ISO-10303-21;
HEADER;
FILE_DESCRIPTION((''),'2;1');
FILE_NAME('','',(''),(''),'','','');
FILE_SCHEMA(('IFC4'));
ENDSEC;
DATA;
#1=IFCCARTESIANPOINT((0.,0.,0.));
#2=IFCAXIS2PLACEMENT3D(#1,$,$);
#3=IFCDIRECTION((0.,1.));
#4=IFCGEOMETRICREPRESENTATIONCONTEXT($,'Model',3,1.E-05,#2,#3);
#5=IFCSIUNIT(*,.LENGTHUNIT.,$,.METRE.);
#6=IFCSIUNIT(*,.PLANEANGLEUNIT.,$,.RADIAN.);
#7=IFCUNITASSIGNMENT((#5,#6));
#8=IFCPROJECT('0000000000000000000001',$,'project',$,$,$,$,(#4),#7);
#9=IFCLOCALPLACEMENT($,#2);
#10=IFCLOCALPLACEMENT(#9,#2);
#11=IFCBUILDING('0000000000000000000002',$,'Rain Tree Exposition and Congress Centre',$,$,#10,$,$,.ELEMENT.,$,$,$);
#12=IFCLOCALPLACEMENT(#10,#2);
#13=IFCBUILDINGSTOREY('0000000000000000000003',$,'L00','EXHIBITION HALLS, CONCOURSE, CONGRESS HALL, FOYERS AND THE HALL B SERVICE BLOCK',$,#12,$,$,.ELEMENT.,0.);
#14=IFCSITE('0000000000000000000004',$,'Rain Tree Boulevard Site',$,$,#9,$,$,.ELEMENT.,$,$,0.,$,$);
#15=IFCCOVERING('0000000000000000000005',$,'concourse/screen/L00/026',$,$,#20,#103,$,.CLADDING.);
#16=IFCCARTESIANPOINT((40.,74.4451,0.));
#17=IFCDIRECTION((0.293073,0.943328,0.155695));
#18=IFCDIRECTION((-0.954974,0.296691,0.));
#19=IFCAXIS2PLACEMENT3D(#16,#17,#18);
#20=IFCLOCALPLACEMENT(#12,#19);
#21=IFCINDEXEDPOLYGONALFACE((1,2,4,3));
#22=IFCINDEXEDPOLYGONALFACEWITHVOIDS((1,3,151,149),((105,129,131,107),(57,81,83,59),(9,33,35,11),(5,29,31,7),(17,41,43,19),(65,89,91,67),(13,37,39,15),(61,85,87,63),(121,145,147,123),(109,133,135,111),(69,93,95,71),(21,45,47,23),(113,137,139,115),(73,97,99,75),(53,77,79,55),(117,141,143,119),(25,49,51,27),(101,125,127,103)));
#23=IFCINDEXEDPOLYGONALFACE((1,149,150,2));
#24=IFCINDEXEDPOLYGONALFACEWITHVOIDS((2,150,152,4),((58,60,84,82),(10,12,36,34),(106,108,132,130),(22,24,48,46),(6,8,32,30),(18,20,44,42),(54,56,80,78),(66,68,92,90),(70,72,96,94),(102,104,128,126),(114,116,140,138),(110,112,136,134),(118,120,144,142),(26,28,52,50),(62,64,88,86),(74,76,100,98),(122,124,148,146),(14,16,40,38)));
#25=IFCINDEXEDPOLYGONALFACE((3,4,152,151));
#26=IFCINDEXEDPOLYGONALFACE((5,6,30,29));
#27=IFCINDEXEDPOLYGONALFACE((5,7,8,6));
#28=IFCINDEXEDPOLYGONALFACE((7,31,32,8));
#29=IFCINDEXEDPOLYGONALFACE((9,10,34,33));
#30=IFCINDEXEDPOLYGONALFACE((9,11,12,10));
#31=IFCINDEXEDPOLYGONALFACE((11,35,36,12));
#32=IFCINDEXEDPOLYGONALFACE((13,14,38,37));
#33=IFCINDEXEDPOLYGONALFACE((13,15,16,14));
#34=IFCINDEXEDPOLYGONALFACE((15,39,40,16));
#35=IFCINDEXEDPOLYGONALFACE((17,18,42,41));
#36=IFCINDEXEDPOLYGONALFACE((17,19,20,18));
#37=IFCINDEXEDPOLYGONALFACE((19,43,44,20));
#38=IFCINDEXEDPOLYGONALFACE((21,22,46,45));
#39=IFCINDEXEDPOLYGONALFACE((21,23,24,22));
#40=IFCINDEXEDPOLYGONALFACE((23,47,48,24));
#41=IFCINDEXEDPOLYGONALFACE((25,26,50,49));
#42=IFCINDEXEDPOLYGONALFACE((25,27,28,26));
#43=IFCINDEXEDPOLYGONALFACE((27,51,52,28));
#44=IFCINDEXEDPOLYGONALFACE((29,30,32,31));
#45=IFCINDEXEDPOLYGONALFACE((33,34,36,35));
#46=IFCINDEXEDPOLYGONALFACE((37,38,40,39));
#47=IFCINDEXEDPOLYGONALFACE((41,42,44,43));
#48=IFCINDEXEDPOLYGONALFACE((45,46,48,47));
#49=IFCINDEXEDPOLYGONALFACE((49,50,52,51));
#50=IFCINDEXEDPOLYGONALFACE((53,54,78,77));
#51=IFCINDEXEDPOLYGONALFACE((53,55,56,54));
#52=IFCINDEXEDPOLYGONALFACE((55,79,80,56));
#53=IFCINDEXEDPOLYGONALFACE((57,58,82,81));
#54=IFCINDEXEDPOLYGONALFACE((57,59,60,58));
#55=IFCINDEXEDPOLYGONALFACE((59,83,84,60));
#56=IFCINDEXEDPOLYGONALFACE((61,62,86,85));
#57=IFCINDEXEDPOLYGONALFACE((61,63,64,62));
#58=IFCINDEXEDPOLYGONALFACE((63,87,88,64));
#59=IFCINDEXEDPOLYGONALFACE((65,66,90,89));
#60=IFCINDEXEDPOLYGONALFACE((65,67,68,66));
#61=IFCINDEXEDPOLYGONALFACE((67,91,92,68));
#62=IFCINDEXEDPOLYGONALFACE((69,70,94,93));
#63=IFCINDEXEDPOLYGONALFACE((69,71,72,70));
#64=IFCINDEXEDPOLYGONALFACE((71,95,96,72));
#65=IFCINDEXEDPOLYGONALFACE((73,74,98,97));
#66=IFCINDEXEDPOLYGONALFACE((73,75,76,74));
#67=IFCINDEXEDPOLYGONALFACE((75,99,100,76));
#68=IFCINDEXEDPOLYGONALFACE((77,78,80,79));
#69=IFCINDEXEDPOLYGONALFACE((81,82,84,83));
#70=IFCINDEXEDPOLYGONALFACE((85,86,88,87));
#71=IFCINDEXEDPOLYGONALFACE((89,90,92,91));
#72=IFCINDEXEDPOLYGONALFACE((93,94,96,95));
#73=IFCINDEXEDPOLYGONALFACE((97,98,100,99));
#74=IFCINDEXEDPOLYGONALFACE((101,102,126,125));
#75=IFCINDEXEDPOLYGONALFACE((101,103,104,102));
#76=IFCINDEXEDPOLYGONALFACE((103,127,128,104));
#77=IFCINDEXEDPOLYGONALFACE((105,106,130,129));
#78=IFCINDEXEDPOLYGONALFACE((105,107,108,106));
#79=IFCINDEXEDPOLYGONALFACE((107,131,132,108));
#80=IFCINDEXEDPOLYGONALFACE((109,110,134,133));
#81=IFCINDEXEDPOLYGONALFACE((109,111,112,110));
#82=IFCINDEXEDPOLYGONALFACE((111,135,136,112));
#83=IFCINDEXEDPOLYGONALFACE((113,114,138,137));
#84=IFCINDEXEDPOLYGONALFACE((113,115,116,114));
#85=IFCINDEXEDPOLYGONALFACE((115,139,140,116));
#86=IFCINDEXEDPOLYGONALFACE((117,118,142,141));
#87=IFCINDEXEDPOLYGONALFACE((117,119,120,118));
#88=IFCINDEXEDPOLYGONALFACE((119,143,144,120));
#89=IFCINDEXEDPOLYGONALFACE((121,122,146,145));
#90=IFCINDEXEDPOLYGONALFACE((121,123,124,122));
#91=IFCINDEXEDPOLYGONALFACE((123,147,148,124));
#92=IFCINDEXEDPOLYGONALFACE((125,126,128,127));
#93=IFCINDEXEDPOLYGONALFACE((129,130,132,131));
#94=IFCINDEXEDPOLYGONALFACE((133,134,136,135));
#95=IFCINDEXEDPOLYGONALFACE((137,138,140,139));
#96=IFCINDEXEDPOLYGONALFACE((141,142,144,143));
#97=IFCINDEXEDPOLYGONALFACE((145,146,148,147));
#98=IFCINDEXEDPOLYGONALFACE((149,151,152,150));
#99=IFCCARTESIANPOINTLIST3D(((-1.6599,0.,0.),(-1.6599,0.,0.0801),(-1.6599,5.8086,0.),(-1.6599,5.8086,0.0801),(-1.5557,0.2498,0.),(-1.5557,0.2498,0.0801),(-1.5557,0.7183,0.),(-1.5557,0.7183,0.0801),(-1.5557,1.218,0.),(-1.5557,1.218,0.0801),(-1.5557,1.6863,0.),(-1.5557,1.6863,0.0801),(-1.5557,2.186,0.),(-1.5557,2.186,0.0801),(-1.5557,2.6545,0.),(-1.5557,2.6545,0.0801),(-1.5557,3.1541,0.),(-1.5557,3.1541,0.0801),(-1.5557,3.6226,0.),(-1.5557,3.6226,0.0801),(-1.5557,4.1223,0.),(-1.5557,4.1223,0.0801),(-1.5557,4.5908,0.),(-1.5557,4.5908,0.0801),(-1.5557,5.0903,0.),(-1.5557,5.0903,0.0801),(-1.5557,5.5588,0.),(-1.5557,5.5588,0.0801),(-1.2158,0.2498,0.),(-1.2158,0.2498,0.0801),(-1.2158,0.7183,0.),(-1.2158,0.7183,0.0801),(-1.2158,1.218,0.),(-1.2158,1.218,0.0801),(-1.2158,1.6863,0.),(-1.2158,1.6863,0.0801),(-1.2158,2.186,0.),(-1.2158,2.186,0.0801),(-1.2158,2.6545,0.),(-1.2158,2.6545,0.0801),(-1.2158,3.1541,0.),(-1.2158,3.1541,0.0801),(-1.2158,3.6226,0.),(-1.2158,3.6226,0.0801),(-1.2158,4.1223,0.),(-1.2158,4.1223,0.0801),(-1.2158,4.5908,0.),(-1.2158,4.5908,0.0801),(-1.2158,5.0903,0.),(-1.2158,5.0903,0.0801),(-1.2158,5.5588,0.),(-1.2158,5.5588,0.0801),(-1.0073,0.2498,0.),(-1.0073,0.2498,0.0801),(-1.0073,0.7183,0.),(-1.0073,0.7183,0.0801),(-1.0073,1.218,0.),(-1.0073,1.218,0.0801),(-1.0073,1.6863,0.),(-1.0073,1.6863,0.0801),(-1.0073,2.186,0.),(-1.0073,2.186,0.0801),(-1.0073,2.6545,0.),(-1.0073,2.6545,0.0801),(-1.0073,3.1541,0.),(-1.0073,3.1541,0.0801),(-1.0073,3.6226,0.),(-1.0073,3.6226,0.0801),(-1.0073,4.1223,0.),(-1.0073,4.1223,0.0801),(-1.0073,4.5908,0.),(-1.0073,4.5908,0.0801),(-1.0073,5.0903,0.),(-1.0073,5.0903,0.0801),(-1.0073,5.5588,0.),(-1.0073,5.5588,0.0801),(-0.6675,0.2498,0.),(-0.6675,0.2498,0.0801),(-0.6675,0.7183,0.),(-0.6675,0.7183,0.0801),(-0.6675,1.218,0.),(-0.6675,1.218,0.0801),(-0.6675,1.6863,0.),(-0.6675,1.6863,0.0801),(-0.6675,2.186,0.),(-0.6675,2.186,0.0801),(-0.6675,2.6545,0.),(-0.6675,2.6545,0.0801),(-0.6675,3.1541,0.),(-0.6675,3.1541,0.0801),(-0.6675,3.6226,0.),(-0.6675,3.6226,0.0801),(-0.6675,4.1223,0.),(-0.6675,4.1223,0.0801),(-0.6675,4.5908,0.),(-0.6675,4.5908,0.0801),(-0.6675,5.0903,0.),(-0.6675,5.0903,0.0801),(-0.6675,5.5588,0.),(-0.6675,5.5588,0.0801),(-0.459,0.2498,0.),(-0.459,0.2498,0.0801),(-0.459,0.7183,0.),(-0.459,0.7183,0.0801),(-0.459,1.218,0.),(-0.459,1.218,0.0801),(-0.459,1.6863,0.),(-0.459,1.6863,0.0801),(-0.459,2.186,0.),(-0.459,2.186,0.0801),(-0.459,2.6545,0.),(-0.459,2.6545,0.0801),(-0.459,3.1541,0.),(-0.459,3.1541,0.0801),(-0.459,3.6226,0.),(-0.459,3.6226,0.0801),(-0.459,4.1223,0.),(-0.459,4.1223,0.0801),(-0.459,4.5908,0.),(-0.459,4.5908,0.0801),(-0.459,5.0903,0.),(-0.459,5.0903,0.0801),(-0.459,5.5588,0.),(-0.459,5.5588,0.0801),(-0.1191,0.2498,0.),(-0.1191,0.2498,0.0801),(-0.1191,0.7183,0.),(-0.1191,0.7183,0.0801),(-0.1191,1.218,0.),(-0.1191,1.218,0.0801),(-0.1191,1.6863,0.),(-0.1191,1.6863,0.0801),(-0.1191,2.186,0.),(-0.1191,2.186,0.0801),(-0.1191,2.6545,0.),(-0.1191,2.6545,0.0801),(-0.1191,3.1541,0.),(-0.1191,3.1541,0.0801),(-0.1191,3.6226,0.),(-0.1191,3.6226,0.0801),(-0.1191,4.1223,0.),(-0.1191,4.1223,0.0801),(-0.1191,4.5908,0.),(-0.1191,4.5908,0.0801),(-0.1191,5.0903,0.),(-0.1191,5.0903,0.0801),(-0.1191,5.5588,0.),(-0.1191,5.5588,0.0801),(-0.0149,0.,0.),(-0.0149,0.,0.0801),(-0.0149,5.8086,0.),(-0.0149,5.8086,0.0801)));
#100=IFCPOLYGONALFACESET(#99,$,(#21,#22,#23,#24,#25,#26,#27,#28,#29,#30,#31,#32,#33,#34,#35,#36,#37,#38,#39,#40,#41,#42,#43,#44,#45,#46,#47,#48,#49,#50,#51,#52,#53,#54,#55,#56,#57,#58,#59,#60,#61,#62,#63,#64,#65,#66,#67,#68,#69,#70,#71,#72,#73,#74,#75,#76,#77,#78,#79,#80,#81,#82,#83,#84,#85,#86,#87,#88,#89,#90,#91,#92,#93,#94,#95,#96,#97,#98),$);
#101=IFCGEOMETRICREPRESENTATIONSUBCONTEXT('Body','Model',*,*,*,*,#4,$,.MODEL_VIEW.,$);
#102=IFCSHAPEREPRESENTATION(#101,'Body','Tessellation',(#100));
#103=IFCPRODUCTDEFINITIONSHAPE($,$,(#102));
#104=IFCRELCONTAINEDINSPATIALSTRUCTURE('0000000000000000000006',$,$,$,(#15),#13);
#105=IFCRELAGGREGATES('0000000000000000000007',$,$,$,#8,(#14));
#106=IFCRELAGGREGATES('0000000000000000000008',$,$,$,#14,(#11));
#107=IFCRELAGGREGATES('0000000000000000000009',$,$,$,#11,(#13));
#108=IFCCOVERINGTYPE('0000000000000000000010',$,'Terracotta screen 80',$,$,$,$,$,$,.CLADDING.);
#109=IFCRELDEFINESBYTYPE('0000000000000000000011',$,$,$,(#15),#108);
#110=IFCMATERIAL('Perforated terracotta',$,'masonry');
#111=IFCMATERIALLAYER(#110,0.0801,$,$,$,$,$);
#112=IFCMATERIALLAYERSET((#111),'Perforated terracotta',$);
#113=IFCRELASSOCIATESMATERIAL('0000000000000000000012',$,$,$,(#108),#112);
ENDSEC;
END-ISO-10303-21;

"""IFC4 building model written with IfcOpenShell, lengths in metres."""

from ifc_helpers import new_model, si_unit, direction, frame, origin, place, context, subcontext, project, spatial, polyline, outline, extrude, material, layer, layer_set, type_object, element, save


model = new_model("IFC4")

# Units and contexts
model_context = context("Model", 3, precision=1e-05, world=origin(), true_north=direction((0.0, 1.0)))
body_context = subcontext(model_context, "Body", "Model", "MODEL_VIEW")
ifc_project = project(units=[si_unit("LENGTHUNIT", "METRE"), si_unit("PLANEANGLEUNIT", "RADIAN")], contexts=[model_context])

# Site, building, storey
site_placement = place(None, origin())
site = spatial("IfcSite", under=ifc_project, at=site_placement, Name="Rain Tree Boulevard Site", CompositionType="ELEMENT", RefElevation=0.0)
building_placement = place(site_placement, origin())
building = spatial("IfcBuilding", under=site, at=building_placement, Name="Rain Tree Exposition and Congress Centre", CompositionType="ELEMENT")
storey_placement = place(building_placement, origin())
storey = spatial("IfcBuildingStorey", under=building, at=storey_placement, Name="L00", Description="EXHIBITION HALLS, CONCOURSE, CONGRESS HALL, FOYERS AND THE HALL B SERVICE BLOCK", CompositionType="ELEMENT", Elevation=0.0)

# Covering
ifc_material_1 = material(Name="Perforated terracotta", Category="masonry")
ifc_layer_1 = layer(ifc_material_1, 0.0801)
ifc_layer_set_1 = layer_set([ifc_layer_1], Name="Perforated terracotta")
covering_type = type_object("IfcCoveringType", Name="Terracotta screen 80", PredefinedType="CLADDING", material=ifc_layer_set_1)
covering_1_placement = place(storey_placement, frame((40.0, 74.4451, 0.0), z_axis=(0.293073, 0.943328, 0.155695), x_axis=(-0.954974, 0.296691, 0.0)))
element("IfcCovering", 1, at=covering_1_placement, inside=storey, type_object=covering_type, Name="concourse/screen/L00/026", PredefinedType="CLADDING", context=body_context, shape_type="SweptSolid", body=[
    extrude(outline(polyline([(-0.0149, 0.0), (-1.6599, 0.0), (-1.6599, 5.8086), (-0.0149, 5.8086), (-0.0149, 0.0)]), holes=[polyline([(-0.1191, 0.2498), (-0.1191, 0.7183), (-0.459, 0.7183), (-0.459, 0.2498), (-0.1191, 0.2498)]), polyline([(-0.1191, 1.218), (-0.1191, 1.6863), (-0.459, 1.6863), (-0.459, 1.218), (-0.1191, 1.218)]), polyline([(-0.1191, 2.186), (-0.1191, 2.6545), (-0.459, 2.6545), (-0.459, 2.186), (-0.1191, 2.186)]), polyline([(-0.1191, 3.1541), (-0.1191, 3.6226), (-0.459, 3.6226), (-0.459, 3.1541), (-0.1191, 3.1541)]), polyline([(-0.1191, 4.1223), (-0.1191, 4.5908), (-0.459, 4.5908), (-0.459, 4.1223), (-0.1191, 4.1223)]), polyline([(-0.1191, 5.0903), (-0.1191, 5.5588), (-0.459, 5.5588), (-0.459, 5.0903), (-0.1191, 5.0903)]), polyline([(-0.6675, 0.2498), (-0.6675, 0.7183), (-1.0073, 0.7183), (-1.0073, 0.2498), (-0.6675, 0.2498)]), polyline([(-0.6675, 1.218), (-0.6675, 1.6863), (-1.0073, 1.6863), (-1.0073, 1.218), (-0.6675, 1.218)]), polyline([(-0.6675, 2.186), (-0.6675, 2.6545), (-1.0073, 2.6545), (-1.0073, 2.186), (-0.6675, 2.186)]), polyline([(-0.6675, 3.1541), (-0.6675, 3.6226), (-1.0073, 3.6226), (-1.0073, 3.1541), (-0.6675, 3.1541)]), polyline([(-0.6675, 4.1223), (-0.6675, 4.5908), (-1.0073, 4.5908), (-1.0073, 4.1223), (-0.6675, 4.1223)]), polyline([(-0.6675, 5.0903), (-0.6675, 5.5588), (-1.0073, 5.5588), (-1.0073, 5.0903), (-0.6675, 5.0903)]), polyline([(-1.2158, 0.2498), (-1.2158, 0.7183), (-1.5557, 0.7183), (-1.5557, 0.2498), (-1.2158, 0.2498)]), polyline([(-1.2158, 1.218), (-1.2158, 1.6863), (-1.5557, 1.6863), (-1.5557, 1.218), (-1.2158, 1.218)]), polyline([(-1.2158, 2.186), (-1.2158, 2.6545), (-1.5557, 2.6545), (-1.5557, 2.186), (-1.2158, 2.186)]), polyline([(-1.2158, 3.1541), (-1.2158, 3.6226), (-1.5557, 3.6226), (-1.5557, 3.1541), (-1.2158, 3.1541)]), polyline([(-1.2158, 4.1223), (-1.2158, 4.5908), (-1.5557, 4.5908), (-1.5557, 4.1223), (-1.2158, 4.1223)]), polyline([(-1.2158, 5.0903), (-1.2158, 5.5588), (-1.5557, 5.5588), (-1.5557, 5.0903), (-1.2158, 5.0903)])]), origin(), (0.0, 0.0, 1.0), 0.0801),
])

save(model, "model.ifc")
